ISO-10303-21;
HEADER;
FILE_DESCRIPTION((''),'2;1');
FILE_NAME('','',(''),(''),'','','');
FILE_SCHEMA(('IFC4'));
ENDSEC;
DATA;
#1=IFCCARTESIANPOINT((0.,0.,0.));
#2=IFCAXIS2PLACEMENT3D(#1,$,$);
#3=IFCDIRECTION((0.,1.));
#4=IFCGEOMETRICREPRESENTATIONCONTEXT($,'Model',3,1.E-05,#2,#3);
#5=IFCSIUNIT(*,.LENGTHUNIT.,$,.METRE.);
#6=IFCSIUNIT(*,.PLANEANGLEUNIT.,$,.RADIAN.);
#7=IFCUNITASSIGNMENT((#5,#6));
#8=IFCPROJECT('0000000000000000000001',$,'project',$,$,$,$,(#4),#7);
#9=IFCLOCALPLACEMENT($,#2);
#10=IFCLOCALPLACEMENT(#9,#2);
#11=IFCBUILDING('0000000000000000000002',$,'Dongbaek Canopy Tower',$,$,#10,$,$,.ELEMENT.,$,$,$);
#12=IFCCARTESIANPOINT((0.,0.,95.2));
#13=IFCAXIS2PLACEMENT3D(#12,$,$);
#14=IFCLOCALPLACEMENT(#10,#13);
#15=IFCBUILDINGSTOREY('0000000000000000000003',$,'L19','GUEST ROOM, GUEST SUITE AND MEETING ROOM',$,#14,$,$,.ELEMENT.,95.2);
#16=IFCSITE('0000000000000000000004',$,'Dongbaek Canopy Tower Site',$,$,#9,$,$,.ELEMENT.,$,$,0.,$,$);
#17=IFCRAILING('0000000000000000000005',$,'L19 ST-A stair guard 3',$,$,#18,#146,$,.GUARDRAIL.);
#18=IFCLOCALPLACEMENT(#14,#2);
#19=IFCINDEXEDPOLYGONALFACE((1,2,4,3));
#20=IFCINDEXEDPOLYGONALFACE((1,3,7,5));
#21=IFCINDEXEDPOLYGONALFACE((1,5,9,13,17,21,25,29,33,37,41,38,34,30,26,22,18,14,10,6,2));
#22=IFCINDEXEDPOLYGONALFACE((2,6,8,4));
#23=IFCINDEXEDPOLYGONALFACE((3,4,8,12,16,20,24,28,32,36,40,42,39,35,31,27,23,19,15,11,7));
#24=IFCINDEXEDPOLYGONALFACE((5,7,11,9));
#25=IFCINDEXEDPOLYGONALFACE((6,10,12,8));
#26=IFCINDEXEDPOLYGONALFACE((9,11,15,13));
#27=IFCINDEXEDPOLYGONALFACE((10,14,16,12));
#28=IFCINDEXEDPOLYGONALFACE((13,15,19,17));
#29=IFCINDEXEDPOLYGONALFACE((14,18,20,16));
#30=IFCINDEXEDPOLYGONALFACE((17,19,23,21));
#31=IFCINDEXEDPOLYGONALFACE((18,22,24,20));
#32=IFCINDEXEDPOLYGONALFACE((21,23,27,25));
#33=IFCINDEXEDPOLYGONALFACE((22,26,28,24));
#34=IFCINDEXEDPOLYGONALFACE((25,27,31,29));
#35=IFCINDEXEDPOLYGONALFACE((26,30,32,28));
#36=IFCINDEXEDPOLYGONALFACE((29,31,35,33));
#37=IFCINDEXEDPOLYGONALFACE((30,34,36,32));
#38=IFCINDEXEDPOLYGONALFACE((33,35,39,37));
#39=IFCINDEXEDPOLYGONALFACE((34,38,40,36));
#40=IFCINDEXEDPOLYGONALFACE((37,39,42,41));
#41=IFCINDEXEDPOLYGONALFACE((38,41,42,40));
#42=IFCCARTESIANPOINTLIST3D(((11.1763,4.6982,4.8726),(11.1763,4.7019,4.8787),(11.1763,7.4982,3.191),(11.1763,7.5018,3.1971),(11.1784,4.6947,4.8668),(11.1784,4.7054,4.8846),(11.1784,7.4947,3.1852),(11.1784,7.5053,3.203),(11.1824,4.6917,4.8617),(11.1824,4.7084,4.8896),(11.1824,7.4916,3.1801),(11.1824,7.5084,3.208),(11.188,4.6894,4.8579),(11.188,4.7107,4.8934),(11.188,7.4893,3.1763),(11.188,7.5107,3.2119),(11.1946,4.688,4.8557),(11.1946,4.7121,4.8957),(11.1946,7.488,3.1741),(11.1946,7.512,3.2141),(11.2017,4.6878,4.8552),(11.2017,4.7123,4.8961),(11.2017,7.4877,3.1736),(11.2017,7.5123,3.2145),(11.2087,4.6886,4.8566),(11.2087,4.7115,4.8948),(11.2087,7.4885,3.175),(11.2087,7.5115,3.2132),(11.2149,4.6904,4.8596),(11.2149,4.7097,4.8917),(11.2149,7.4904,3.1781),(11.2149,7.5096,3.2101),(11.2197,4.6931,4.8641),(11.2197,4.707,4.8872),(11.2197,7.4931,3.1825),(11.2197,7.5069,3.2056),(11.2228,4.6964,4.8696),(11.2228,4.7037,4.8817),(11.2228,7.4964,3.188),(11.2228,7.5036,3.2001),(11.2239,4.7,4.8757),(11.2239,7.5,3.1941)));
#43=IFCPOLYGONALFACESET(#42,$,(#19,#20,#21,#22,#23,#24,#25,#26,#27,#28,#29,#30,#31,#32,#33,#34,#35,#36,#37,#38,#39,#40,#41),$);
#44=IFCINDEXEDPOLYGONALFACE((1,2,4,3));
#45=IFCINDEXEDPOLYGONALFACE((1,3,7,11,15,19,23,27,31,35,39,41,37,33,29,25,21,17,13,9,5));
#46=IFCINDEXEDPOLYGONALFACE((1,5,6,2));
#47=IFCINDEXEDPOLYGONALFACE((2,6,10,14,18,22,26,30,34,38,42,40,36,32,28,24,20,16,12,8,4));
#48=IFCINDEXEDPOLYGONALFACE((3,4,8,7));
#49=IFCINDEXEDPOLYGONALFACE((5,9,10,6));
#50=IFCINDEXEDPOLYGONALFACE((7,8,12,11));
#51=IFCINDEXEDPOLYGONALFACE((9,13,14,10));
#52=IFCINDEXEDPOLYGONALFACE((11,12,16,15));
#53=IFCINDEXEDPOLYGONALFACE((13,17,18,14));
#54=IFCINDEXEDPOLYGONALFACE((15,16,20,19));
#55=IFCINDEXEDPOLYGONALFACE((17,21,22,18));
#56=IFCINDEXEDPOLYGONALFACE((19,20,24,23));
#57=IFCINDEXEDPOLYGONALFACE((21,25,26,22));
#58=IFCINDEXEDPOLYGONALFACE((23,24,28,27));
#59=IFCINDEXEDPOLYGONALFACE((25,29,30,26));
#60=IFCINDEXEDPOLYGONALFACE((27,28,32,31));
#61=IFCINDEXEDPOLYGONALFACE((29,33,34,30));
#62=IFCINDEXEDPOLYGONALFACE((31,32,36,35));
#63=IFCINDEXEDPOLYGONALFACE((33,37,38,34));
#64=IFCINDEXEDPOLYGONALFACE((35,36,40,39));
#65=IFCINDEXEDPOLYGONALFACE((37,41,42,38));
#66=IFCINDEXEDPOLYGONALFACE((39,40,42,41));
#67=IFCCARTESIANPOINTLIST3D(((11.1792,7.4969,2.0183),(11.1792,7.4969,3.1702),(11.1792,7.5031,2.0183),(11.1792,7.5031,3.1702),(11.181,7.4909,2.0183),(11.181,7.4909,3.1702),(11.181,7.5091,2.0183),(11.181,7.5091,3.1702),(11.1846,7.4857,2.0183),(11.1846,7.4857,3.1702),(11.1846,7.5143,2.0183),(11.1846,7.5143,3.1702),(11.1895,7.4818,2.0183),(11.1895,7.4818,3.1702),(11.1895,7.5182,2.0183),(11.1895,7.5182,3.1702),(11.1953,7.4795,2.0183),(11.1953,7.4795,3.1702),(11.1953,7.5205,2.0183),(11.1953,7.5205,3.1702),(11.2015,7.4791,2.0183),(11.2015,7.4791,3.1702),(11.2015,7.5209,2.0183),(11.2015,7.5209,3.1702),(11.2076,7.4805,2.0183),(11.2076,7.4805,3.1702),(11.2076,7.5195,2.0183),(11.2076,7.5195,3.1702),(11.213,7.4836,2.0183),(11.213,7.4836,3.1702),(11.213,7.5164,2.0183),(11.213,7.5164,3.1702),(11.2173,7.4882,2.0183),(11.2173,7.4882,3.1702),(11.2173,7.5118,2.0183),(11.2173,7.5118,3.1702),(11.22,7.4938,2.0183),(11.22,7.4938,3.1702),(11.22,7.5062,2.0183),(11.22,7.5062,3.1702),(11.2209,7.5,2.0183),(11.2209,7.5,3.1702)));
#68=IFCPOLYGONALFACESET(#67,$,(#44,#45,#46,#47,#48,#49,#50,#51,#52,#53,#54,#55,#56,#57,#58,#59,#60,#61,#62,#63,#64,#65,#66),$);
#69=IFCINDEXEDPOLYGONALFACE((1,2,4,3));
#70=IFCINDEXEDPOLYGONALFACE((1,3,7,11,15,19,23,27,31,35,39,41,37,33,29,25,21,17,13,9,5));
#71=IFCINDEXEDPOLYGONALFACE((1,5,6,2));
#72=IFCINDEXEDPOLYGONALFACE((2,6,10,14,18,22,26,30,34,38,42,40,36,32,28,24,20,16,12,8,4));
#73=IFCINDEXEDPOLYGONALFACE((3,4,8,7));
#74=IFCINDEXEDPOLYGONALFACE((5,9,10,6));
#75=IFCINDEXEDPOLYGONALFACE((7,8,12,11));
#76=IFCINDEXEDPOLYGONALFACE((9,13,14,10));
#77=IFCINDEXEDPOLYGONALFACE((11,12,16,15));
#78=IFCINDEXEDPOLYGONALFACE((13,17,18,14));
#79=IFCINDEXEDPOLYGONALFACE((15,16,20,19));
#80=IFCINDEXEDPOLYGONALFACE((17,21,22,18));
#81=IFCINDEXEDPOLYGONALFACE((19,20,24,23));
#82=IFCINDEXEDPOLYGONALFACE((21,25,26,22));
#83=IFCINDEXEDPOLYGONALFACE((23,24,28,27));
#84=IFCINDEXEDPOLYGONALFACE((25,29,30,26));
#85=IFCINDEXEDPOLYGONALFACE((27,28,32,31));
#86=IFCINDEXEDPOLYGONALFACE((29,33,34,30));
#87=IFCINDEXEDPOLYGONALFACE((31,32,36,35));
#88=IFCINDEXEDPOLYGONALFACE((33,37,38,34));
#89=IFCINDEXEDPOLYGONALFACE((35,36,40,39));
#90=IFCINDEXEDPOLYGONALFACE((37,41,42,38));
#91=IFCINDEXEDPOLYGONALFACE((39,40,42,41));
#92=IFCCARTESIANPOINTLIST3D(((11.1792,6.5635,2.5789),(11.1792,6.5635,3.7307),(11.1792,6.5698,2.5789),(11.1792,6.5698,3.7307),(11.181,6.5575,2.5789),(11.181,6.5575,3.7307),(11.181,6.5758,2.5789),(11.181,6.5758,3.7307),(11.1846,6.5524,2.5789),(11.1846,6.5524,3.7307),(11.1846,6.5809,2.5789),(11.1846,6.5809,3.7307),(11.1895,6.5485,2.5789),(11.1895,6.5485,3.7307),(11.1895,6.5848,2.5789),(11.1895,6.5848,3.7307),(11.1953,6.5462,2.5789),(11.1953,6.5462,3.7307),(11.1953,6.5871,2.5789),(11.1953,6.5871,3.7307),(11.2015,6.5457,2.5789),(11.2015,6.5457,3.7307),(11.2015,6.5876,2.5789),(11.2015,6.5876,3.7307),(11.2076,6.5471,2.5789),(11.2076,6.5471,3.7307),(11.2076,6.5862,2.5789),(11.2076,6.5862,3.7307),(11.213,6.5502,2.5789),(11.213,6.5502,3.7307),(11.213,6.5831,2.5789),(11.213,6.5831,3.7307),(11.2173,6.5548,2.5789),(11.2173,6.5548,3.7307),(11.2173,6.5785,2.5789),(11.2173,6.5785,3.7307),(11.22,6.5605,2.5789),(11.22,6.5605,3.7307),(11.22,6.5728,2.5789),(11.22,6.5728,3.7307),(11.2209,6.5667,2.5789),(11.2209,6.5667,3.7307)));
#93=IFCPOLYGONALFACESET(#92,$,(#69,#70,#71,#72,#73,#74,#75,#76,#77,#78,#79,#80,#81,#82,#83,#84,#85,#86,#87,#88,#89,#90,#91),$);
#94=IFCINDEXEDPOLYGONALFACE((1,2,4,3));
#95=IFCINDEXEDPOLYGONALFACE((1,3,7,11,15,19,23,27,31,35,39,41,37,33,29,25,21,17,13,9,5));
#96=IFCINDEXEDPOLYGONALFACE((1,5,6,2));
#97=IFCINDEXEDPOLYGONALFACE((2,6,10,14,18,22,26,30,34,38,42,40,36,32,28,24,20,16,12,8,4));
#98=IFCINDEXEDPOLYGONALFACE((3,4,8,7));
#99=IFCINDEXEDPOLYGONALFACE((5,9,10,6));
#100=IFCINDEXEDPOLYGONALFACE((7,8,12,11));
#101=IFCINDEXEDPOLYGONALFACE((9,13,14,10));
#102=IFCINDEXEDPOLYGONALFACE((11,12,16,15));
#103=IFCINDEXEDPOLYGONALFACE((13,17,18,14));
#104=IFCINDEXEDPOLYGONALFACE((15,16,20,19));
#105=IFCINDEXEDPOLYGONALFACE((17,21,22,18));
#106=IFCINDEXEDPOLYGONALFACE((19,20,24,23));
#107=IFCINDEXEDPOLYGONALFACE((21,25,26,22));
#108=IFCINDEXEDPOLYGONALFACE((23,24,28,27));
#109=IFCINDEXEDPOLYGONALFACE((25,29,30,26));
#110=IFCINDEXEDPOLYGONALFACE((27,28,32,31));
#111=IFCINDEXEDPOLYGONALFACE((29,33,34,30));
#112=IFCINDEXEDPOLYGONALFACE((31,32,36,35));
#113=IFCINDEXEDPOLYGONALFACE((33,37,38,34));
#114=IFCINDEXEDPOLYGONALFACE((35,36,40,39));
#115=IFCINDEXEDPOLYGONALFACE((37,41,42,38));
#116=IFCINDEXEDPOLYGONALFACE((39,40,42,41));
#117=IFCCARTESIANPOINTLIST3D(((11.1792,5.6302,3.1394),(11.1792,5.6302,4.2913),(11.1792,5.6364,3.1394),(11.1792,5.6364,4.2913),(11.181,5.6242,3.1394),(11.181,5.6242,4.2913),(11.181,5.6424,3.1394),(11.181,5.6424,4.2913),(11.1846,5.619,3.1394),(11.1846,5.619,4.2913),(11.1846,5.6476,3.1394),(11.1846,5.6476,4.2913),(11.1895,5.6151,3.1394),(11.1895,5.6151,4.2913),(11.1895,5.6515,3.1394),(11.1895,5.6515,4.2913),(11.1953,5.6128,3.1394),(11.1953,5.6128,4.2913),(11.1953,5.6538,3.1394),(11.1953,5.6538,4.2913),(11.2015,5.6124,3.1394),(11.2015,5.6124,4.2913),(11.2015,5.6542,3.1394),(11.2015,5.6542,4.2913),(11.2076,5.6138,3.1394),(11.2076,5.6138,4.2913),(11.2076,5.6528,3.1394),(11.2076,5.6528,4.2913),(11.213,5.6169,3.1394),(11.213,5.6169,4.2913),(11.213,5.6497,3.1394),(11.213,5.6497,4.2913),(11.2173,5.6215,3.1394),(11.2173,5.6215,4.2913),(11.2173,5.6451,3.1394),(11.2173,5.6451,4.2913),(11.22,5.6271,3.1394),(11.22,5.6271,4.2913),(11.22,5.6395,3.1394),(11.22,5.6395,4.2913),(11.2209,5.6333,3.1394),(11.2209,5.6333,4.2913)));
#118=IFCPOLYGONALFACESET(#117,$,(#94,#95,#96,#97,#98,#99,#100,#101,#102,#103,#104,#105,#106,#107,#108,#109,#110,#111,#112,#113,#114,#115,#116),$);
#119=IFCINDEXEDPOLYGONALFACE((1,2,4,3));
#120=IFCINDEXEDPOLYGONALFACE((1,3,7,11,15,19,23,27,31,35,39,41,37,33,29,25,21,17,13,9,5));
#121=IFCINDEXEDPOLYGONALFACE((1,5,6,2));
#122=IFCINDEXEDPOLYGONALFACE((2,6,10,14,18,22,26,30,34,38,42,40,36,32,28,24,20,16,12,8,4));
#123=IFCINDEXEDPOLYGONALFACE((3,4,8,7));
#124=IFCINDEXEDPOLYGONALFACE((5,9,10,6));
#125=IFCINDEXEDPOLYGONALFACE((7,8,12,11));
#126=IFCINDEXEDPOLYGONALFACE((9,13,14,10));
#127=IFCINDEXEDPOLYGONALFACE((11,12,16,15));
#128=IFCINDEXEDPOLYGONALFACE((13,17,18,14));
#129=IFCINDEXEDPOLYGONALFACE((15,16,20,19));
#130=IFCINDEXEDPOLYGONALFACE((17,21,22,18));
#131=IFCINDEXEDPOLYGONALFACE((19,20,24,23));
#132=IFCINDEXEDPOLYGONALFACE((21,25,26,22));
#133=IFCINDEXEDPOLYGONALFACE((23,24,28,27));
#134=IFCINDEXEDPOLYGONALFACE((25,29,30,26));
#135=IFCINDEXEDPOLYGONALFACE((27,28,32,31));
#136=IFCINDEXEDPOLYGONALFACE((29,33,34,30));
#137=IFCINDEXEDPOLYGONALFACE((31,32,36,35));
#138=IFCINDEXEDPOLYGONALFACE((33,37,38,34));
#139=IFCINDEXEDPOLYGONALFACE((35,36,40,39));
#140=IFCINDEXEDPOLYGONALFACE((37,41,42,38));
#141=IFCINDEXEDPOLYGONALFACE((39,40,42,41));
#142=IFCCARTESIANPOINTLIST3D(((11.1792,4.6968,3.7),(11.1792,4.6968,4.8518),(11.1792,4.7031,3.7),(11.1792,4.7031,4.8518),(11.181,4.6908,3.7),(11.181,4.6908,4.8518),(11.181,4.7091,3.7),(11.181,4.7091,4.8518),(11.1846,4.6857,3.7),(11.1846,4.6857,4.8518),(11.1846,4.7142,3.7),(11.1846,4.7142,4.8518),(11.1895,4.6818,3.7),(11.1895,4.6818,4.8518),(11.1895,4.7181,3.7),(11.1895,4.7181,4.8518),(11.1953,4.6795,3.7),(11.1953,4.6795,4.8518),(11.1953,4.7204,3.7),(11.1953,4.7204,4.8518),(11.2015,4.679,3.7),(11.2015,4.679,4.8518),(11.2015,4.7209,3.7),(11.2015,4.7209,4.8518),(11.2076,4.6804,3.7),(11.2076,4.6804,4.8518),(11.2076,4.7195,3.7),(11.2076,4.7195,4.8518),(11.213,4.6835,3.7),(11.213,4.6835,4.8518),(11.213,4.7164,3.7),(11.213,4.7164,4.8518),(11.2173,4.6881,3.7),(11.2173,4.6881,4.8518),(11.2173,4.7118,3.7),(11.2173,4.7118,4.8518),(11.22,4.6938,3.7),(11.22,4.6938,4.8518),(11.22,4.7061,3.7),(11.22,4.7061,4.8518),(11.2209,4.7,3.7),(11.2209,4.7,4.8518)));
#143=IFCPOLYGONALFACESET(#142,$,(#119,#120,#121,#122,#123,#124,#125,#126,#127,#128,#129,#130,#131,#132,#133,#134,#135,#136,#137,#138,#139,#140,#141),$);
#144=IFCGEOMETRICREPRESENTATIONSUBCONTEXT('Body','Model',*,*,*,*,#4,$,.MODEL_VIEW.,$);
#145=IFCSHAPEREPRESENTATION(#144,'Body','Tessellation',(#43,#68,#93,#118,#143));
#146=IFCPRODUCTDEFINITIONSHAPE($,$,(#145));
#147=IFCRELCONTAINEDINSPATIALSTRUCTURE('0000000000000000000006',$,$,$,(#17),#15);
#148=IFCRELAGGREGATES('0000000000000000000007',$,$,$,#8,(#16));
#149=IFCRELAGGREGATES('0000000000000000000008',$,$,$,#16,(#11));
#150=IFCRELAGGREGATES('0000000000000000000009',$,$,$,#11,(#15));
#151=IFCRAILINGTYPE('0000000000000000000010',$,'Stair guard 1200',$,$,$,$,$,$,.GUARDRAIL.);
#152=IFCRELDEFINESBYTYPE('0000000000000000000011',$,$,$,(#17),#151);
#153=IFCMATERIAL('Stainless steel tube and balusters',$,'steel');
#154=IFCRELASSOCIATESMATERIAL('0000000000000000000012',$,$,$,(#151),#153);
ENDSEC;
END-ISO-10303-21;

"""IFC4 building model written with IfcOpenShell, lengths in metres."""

from ifc_helpers import new_model, si_unit, direction, frame, origin, origin_2d, place, context, subcontext, project, spatial, circle, extrude, material, type_object, element, save


model = new_model("IFC4")

# Units and contexts
model_context = context("Model", 3, precision=1e-05, world=origin(), true_north=direction((0.0, 1.0)))
body_context = subcontext(model_context, "Body", "Model", "MODEL_VIEW")
ifc_project = project(units=[si_unit("LENGTHUNIT", "METRE"), si_unit("PLANEANGLEUNIT", "RADIAN")], contexts=[model_context])

# Site, building, storey
site_placement = place(None, origin())
site = spatial("IfcSite", under=ifc_project, at=site_placement, Name="Dongbaek Canopy Tower Site", CompositionType="ELEMENT", RefElevation=0.0)
building_placement = place(site_placement, origin())
building = spatial("IfcBuilding", under=site, at=building_placement, Name="Dongbaek Canopy Tower", CompositionType="ELEMENT")
storey_placement = place(building_placement, frame((0.0, 0.0, 95.2)))
storey = spatial("IfcBuildingStorey", under=building, at=storey_placement, Name="L19", Description="GUEST ROOM, GUEST SUITE AND MEETING ROOM", CompositionType="ELEMENT", Elevation=95.2)

# Railing
ifc_material_1 = material(Name="Stainless steel tube and balusters", Category="steel")
railing_type_1 = type_object("IfcRailingType", Name="Stair guard 1200", PredefinedType="GUARDRAIL", material=ifc_material_1)
railing_1_placement = place(storey_placement, frame((11.2, 7.5, 2.0183)))
element("IfcRailing", 1, at=railing_1_placement, inside=storey, type_object=railing_type_1, Name="L19 ST-A stair guard 3", PredefinedType="GUARDRAIL", context=body_context, shape_type="SweptSolid", body=[
    extrude(circle(Radius=0.0239, at=origin_2d()), frame((0.0, 0.0, 1.1758), z_axis=(0.0, -0.857275, 0.514858), x_axis=(1.0, 0.0, 0.0)), (0.0, 0.0, 1.0), 3.2661),
    extrude(circle(Radius=0.021, at=origin_2d()), origin(), (0.0, 0.0, 1.0), 1.1519),
    extrude(circle(Radius=0.021, at=origin_2d()), frame((0.0, -0.9333, 0.5605)), (0.0, 0.0, 1.0), 1.1519),
    extrude(circle(Radius=0.021, at=origin_2d()), frame((0.0, -1.8667, 1.1211)), (0.0, 0.0, 1.0), 1.1519),
    extrude(circle(Radius=0.021, at=origin_2d()), frame((0.0, -2.8, 1.6816)), (0.0, 0.0, 1.0), 1.1519),
])

save(model, "model.ifc")
